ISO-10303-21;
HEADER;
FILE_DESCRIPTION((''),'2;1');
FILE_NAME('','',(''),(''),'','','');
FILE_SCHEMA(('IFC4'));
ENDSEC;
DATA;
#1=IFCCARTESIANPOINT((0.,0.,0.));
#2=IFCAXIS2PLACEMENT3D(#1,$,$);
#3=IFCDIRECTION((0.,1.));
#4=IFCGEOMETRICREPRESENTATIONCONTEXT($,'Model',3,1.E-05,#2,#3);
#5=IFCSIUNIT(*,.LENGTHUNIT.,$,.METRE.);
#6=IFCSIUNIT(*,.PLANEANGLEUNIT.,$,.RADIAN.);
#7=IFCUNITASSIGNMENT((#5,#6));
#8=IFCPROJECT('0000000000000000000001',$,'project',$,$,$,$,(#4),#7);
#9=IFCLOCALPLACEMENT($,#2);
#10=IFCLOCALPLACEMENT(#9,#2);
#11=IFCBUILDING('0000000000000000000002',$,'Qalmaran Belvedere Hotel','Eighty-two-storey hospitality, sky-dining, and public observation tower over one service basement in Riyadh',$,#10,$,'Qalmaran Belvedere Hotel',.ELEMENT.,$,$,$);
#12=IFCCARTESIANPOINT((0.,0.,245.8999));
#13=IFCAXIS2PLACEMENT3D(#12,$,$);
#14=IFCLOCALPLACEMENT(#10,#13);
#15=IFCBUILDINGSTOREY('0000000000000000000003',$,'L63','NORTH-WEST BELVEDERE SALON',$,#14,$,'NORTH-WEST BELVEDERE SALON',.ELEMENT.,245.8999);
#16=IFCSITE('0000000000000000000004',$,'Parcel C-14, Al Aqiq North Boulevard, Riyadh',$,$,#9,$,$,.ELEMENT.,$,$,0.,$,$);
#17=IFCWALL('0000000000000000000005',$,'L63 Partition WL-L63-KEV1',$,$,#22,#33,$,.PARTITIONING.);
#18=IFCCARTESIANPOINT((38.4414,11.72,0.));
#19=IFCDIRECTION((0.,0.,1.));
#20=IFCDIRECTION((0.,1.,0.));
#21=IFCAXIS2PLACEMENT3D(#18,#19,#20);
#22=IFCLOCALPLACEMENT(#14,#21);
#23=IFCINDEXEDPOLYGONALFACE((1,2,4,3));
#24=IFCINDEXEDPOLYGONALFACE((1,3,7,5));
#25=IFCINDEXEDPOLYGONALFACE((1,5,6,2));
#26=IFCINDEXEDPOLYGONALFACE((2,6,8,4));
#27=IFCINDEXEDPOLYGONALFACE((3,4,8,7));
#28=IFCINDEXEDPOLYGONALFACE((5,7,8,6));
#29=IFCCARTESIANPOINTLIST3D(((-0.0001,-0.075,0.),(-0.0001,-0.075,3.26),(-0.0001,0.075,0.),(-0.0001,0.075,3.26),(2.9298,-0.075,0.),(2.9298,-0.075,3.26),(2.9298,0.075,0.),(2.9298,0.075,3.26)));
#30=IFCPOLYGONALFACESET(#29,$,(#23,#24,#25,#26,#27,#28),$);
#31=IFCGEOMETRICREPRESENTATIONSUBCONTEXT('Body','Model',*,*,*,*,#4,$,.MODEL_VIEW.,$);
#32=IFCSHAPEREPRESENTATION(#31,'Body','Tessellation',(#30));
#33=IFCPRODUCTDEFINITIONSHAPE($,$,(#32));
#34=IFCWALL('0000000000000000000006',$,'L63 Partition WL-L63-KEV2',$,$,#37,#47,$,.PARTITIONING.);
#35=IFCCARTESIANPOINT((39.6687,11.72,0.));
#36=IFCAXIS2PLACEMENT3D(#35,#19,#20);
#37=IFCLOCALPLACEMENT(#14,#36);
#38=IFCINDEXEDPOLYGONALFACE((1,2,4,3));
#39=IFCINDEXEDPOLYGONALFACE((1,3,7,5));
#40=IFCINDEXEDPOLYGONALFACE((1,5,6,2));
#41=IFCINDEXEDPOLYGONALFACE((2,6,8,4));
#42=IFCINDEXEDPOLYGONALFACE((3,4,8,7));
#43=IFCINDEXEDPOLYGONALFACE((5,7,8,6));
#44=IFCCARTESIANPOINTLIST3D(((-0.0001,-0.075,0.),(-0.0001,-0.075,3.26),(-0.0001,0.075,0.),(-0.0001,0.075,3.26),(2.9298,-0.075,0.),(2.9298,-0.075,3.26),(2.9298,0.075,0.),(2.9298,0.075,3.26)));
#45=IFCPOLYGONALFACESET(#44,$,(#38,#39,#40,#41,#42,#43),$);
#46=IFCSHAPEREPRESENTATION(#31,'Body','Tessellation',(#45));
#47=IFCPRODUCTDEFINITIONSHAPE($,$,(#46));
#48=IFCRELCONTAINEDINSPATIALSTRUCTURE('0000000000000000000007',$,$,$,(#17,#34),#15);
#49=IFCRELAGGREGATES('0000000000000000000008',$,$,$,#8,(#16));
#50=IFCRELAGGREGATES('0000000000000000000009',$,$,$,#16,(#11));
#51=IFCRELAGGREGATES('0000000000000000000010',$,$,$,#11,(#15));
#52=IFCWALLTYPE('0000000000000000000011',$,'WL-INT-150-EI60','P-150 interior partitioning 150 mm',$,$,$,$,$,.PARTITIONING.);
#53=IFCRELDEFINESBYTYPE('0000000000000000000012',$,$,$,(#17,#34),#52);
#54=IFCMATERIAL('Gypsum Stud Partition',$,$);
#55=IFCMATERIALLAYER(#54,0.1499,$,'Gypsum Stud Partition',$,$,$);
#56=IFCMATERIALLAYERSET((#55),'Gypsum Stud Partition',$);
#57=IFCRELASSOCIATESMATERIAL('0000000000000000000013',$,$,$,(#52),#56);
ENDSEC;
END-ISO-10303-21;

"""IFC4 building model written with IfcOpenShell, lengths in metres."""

from ifc_helpers import new_model, si_unit, direction, frame, frame_2d, origin, place, context, subcontext, project, spatial, rectangle, extrude, material, layer, layer_set, type_object, element, save


model = new_model("IFC4")

# Units and contexts
model_context = context("Model", 3, precision=1e-05, world=origin(), true_north=direction((0.0, 1.0)))
body_context = subcontext(model_context, "Body", "Model", "MODEL_VIEW")
ifc_project = project(units=[si_unit("LENGTHUNIT", "METRE"), si_unit("PLANEANGLEUNIT", "RADIAN")], contexts=[model_context])

# Site, building, storey
site_placement = place(None, origin())
site = spatial("IfcSite", under=ifc_project, at=site_placement, Name="Parcel C-14, Al Aqiq North Boulevard, Riyadh", CompositionType="ELEMENT", RefElevation=0.0)
building_placement = place(site_placement, origin())
building = spatial("IfcBuilding", under=site, at=building_placement, Name="Qalmaran Belvedere Hotel", Description="Eighty-two-storey hospitality, sky-dining, and public observation tower over one service basement in Riyadh", LongName="Qalmaran Belvedere Hotel", CompositionType="ELEMENT")
storey_placement = place(building_placement, frame((0.0, 0.0, 245.8999)))
storey = spatial("IfcBuildingStorey", under=building, at=storey_placement, Name="L63", Description="NORTH-WEST BELVEDERE SALON", LongName="NORTH-WEST BELVEDERE SALON", CompositionType="ELEMENT", Elevation=245.8999)

# Walls
ifc_material_1 = material(Name="Gypsum Stud Partition")
ifc_layer_1 = layer(ifc_material_1, 0.1499, Name="Gypsum Stud Partition")
ifc_layer_set_1 = layer_set([ifc_layer_1], Name="Gypsum Stud Partition")
wall_type_1 = type_object("IfcWallType", Name="WL-INT-150-EI60", Description="P-150 interior partitioning 150 mm", PredefinedType="PARTITIONING", material=ifc_layer_set_1)
for number, where, z_axis, x_axis, name in (
    (1, (38.4414, 11.72, 0.0), (0.0, 0.0, 1.0), (0.0, 1.0, 0.0), "L63 Partition WL-L63-KEV1"),
    (2, (39.6687, 11.72, 0.0), (0.0, 0.0, 1.0), (0.0, 1.0, 0.0), "L63 Partition WL-L63-KEV2"),
):
    element("IfcWall", number, at=place(storey_placement, frame(where, z_axis=z_axis, x_axis=x_axis)), inside=storey, type_object=wall_type_1, Name=name, PredefinedType="PARTITIONING", context=body_context, shape_type="SweptSolid", body=[
        extrude(rectangle(XDim=2.9299, YDim=0.1499, at=frame_2d((1.4648, 0.0))), origin(), (0.0, 0.0, 1.0), 3.26),
    ])

save(model, "model.ifc")
